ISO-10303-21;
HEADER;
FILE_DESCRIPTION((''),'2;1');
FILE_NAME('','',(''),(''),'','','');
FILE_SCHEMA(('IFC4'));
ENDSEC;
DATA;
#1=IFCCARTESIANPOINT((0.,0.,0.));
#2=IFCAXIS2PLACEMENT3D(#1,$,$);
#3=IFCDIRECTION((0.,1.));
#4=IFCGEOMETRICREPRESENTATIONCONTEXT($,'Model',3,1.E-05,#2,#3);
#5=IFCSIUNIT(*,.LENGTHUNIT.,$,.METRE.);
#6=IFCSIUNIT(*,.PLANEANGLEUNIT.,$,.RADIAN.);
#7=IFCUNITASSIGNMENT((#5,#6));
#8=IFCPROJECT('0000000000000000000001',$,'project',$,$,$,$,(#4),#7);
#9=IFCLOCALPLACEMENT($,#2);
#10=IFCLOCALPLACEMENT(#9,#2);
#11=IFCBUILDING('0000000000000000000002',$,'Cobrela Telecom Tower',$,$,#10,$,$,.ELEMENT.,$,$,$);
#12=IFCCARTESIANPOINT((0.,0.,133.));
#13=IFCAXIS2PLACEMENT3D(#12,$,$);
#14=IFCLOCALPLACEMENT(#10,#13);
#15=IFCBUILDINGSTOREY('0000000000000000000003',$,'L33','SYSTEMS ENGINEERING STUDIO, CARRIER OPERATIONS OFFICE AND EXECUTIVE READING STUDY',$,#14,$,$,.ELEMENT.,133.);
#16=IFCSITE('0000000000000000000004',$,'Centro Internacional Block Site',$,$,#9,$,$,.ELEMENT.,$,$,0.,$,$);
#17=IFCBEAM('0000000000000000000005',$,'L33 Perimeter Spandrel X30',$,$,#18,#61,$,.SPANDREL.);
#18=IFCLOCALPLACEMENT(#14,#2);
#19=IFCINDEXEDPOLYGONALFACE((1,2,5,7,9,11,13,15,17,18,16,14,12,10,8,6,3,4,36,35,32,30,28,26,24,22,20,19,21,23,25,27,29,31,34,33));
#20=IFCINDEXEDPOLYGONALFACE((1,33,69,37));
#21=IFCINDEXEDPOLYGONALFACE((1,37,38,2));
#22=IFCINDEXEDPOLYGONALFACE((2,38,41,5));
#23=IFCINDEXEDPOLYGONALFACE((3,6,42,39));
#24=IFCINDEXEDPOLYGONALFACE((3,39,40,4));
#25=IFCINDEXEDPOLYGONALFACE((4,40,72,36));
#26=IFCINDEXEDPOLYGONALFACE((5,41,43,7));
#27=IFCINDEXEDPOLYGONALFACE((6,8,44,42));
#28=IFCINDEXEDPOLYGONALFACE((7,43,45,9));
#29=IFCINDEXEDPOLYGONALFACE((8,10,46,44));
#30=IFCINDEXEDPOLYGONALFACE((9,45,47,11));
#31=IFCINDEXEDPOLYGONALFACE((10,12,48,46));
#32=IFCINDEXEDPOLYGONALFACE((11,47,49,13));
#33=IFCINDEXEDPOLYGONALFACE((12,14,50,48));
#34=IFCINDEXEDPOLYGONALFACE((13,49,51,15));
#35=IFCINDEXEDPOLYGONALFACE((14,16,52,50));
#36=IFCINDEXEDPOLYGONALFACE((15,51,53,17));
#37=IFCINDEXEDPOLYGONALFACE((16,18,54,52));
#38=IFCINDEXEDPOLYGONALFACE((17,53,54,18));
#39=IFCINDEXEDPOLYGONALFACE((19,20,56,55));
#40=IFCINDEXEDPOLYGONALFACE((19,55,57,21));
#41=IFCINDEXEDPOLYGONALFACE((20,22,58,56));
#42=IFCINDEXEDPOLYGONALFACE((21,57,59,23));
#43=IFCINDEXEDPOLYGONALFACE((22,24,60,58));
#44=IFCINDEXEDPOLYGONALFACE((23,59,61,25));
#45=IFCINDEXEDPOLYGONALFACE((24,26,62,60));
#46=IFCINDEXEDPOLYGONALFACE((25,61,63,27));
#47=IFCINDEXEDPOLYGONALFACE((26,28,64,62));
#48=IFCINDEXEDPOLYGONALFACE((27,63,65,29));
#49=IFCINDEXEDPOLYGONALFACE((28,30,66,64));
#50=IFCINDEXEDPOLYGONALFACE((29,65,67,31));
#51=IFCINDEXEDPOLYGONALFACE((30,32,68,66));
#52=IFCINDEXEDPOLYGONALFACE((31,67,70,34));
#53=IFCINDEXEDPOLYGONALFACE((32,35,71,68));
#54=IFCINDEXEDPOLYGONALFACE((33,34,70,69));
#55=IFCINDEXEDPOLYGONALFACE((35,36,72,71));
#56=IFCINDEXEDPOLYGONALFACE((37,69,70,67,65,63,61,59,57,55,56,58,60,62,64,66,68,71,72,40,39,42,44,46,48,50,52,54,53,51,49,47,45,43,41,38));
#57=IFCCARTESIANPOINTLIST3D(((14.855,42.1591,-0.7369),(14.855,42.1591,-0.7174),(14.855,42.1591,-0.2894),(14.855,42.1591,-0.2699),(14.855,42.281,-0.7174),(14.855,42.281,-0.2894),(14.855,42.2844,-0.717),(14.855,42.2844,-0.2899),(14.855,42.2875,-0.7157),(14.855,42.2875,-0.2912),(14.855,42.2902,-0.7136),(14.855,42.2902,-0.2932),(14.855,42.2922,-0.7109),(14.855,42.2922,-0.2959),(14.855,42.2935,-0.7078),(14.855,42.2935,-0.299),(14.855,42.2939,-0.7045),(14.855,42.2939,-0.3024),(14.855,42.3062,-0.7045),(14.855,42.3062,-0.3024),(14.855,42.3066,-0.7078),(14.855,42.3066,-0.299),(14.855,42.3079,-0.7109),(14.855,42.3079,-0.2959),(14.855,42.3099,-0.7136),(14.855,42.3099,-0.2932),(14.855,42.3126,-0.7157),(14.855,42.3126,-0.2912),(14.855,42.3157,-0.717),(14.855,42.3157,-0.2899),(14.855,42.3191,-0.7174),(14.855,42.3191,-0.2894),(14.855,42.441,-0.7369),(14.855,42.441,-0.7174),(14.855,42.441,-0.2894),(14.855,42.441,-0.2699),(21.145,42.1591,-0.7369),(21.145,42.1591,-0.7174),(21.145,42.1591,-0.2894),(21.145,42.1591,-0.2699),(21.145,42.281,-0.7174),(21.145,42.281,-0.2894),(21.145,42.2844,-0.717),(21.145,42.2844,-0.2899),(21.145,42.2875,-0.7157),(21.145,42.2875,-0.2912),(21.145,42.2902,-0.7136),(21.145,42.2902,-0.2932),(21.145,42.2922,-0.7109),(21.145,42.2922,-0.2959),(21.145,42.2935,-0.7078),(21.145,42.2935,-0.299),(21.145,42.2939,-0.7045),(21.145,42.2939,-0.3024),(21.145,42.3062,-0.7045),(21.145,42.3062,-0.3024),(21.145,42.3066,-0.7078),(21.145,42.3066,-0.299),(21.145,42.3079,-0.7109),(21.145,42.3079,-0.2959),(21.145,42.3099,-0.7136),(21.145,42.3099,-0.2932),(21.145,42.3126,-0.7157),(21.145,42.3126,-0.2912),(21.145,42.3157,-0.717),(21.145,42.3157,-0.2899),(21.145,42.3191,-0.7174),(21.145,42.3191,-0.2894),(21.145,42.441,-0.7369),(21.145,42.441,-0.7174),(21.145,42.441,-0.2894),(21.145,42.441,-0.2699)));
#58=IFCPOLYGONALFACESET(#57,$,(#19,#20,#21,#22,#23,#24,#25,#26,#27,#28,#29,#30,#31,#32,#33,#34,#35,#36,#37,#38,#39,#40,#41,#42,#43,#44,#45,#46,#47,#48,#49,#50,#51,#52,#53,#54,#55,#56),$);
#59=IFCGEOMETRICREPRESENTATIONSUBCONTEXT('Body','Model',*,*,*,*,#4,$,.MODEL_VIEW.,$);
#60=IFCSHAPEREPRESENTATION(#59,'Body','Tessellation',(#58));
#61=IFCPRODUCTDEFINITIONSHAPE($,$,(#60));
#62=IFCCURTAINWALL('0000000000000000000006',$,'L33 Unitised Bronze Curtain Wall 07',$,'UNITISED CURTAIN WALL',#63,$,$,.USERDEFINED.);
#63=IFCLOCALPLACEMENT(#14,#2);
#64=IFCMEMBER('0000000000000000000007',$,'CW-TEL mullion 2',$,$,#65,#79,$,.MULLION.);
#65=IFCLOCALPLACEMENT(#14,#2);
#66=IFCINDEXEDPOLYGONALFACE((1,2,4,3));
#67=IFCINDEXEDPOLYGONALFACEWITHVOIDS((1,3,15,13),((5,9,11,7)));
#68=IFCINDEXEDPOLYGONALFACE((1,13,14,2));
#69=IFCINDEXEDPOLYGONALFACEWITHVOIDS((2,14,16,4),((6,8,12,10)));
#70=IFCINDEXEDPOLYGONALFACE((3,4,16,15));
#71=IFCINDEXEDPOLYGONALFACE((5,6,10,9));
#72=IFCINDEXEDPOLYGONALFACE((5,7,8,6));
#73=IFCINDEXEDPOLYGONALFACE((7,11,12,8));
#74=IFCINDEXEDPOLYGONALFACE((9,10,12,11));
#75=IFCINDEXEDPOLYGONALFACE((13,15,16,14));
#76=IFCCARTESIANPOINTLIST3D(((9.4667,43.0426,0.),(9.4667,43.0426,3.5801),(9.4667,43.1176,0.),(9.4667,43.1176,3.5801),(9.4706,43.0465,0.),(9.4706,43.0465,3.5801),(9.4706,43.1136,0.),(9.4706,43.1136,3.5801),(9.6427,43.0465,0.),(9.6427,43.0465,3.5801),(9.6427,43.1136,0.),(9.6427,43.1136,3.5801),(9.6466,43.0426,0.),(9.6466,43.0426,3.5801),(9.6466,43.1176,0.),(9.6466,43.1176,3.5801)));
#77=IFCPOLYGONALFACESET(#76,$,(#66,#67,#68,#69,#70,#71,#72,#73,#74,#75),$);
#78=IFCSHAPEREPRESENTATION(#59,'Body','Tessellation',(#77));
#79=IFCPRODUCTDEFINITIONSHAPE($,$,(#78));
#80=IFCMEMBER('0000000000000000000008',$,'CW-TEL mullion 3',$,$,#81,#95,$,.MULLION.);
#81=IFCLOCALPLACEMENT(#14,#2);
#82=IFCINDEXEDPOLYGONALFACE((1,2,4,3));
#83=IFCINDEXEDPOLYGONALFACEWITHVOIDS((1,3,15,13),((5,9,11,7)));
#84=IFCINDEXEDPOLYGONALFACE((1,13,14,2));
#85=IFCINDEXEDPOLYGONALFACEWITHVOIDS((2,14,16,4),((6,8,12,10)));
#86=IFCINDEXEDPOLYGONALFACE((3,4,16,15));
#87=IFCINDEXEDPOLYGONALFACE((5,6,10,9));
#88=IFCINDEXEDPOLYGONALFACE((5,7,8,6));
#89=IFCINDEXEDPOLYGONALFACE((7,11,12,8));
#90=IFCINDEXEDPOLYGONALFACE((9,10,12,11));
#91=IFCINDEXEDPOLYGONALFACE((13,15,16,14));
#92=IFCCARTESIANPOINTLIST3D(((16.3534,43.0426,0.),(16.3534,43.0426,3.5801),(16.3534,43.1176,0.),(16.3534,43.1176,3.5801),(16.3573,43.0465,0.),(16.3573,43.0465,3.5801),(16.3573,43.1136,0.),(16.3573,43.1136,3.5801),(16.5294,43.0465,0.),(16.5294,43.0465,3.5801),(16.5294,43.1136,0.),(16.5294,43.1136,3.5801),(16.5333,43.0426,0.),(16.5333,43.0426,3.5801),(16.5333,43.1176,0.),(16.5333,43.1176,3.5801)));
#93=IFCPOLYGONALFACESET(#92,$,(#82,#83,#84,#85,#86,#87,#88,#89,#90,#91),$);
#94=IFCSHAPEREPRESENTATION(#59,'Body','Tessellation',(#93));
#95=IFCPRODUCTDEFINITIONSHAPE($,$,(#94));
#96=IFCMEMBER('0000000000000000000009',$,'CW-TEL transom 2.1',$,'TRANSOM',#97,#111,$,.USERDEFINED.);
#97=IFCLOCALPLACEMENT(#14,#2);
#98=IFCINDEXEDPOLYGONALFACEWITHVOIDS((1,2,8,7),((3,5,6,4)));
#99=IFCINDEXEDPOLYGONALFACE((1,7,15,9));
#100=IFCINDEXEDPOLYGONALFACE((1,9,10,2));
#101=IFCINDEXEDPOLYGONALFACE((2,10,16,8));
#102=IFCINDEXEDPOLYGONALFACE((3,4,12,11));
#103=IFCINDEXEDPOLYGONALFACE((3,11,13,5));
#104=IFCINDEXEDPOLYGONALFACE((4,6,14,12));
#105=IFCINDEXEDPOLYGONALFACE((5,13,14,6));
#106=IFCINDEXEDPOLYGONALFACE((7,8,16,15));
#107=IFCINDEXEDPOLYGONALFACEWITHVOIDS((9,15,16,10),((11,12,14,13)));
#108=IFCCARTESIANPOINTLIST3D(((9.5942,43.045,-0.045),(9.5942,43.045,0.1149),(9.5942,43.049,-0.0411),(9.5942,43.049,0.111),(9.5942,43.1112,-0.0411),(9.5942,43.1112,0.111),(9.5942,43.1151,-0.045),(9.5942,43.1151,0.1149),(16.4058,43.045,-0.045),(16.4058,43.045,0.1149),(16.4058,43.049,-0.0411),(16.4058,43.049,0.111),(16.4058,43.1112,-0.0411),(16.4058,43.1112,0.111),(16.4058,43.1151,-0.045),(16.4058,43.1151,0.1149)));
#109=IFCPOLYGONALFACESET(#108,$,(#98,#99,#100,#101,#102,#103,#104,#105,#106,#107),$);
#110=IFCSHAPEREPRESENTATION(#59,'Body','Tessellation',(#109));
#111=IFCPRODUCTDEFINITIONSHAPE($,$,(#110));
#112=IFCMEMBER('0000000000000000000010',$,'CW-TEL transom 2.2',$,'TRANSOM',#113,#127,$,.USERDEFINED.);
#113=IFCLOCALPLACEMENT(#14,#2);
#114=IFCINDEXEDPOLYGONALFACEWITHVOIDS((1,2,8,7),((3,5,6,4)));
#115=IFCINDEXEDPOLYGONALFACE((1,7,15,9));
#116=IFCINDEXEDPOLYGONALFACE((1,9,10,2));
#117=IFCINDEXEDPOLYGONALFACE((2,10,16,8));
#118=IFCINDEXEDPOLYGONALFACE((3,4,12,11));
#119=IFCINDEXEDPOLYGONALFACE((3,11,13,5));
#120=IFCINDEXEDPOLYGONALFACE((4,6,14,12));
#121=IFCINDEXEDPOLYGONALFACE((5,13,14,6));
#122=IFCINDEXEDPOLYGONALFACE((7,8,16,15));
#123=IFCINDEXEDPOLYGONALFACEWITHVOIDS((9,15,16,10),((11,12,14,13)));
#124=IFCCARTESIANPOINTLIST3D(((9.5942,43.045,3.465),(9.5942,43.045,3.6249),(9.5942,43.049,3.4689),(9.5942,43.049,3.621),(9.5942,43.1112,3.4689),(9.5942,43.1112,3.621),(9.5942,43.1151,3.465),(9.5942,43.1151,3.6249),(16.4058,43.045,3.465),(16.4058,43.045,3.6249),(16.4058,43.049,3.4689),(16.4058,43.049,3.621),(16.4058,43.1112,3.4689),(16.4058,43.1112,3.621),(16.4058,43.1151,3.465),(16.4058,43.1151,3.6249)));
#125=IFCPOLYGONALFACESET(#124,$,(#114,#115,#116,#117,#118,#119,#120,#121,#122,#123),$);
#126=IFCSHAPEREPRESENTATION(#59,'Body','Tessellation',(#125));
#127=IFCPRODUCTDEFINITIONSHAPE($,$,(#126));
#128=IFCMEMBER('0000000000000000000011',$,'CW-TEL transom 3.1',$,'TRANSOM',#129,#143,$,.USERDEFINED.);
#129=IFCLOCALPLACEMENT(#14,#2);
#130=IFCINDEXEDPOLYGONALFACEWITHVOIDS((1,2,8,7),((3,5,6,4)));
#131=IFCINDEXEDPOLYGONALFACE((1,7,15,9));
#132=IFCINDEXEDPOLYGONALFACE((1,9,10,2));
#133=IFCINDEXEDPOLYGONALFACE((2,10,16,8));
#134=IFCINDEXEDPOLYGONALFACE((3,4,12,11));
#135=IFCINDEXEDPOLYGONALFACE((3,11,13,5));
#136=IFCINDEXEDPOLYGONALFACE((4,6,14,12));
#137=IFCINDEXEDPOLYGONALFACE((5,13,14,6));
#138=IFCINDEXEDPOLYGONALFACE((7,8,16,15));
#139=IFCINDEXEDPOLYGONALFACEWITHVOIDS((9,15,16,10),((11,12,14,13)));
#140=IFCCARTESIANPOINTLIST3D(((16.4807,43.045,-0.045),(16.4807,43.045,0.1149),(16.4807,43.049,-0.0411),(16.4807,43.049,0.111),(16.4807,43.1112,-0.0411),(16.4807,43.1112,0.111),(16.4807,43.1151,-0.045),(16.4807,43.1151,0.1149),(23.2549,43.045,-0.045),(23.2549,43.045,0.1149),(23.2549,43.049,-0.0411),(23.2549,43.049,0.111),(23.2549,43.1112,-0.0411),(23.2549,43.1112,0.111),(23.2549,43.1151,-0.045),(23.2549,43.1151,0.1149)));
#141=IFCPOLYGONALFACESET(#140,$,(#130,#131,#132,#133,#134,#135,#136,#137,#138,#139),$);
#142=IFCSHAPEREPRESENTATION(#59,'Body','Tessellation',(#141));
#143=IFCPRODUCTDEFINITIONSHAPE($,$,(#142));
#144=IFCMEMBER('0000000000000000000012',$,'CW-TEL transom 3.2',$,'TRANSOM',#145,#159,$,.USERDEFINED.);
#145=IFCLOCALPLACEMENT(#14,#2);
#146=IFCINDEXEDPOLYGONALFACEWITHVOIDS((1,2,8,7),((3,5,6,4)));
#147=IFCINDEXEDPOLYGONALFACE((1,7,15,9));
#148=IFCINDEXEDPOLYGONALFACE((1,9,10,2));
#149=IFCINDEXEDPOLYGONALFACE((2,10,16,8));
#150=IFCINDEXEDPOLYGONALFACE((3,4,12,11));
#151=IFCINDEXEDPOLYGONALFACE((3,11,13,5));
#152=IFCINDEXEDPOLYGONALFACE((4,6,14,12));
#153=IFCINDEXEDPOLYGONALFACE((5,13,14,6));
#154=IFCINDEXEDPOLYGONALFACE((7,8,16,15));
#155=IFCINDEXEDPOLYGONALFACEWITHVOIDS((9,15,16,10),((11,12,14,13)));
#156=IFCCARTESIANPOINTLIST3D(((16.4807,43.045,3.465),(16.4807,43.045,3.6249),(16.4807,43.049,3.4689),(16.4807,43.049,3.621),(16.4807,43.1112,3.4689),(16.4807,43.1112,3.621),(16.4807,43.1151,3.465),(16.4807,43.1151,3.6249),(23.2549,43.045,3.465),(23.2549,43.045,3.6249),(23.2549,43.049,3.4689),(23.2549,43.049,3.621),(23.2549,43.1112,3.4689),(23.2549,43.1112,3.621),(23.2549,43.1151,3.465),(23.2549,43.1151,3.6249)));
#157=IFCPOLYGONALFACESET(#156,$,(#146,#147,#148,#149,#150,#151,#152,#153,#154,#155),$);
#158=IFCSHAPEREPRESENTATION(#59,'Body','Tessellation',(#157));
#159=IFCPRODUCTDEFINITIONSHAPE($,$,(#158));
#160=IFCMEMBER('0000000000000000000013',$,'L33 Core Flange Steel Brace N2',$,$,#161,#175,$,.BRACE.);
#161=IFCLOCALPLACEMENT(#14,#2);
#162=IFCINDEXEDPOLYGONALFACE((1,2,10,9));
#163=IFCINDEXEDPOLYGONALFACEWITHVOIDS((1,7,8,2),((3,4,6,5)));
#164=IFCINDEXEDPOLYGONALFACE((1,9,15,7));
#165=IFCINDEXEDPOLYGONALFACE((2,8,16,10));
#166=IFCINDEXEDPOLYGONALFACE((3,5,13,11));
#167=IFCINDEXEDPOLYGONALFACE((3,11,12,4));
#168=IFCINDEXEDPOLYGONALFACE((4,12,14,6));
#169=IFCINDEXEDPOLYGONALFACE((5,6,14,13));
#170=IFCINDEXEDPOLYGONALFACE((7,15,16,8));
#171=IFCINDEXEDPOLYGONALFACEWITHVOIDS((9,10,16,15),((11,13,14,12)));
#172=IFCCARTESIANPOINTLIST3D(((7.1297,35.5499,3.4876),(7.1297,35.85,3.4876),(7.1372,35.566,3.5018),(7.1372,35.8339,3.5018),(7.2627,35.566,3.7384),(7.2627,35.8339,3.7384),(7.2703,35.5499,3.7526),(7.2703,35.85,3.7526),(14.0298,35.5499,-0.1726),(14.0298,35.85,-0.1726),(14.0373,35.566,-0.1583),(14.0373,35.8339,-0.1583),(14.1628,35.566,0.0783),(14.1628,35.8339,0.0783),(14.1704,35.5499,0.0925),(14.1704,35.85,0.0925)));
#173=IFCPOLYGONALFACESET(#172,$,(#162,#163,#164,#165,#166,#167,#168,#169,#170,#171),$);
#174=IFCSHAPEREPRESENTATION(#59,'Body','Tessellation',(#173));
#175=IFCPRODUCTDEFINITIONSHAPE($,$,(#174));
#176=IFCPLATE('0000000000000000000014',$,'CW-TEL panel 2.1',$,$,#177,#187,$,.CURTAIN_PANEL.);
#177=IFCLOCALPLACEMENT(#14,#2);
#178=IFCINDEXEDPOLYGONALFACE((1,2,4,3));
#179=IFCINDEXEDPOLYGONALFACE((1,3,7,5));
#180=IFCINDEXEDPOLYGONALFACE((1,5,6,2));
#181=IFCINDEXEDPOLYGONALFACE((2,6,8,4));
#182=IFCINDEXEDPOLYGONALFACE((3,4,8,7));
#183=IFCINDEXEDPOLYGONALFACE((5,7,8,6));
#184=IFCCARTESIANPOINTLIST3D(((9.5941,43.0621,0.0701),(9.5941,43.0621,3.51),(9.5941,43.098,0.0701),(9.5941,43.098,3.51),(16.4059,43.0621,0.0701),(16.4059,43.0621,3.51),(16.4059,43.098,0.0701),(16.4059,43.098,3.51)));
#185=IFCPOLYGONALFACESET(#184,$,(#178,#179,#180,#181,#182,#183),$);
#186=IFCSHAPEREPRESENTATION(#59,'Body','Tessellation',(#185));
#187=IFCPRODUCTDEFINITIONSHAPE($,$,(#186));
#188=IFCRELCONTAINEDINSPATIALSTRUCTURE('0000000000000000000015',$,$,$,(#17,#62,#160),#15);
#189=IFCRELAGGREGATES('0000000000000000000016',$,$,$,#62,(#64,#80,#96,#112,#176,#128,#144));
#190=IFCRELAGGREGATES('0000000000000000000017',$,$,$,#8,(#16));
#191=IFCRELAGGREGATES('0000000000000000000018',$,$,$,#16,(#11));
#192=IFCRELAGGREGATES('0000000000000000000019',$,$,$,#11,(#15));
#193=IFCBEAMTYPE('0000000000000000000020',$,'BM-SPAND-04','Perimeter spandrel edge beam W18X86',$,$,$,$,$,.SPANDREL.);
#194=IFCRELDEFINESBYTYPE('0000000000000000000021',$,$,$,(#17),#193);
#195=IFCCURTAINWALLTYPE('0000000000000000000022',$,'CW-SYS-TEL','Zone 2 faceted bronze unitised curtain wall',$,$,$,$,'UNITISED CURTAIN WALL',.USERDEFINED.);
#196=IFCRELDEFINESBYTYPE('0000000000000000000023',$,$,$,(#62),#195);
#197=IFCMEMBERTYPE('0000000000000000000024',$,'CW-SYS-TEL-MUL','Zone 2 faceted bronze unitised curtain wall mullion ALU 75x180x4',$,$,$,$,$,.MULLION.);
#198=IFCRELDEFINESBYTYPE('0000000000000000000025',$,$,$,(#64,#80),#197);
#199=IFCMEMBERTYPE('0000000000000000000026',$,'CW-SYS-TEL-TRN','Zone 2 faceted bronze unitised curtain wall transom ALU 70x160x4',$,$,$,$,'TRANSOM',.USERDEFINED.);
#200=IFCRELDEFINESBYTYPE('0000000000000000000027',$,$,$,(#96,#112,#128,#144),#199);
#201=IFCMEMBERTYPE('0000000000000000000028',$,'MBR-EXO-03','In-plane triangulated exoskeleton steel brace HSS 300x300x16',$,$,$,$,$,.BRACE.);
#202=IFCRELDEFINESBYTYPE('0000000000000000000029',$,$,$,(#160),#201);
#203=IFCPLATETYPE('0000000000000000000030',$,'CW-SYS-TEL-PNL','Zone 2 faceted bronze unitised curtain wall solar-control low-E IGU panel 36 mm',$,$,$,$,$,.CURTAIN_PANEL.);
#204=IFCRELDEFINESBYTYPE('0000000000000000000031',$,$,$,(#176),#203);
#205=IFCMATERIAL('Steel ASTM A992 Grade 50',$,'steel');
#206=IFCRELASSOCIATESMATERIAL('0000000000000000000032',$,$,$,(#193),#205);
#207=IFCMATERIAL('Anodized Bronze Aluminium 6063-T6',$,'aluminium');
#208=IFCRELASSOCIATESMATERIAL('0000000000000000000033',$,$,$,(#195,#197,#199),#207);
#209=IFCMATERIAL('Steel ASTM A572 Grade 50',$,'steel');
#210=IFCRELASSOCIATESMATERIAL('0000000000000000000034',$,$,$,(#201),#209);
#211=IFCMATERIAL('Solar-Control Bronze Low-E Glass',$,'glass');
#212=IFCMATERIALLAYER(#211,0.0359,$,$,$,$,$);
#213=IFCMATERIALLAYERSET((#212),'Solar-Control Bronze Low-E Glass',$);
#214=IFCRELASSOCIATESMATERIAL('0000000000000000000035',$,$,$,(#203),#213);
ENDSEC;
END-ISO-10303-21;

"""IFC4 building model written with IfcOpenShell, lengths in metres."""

from ifc_helpers import new_model, si_unit, direction, frame, origin, origin_2d, place, context, subcontext, project, spatial, rectangle, hollow_rectangle, i_section, extrude, material, layer, layer_set, material_profile, profile_set, type_object, element, aggregate, save


model = new_model("IFC4")

# Units and contexts
model_context = context("Model", 3, precision=1e-05, world=origin(), true_north=direction((0.0, 1.0)))
body_context = subcontext(model_context, "Body", "Model", "MODEL_VIEW")
ifc_project = project(units=[si_unit("LENGTHUNIT", "METRE"), si_unit("PLANEANGLEUNIT", "RADIAN")], contexts=[model_context])

# Site, building, storey
site_placement = place(None, origin())
site = spatial("IfcSite", under=ifc_project, at=site_placement, Name="Centro Internacional Block Site", CompositionType="ELEMENT", RefElevation=0.0)
building_placement = place(site_placement, origin())
building = spatial("IfcBuilding", under=site, at=building_placement, Name="Cobrela Telecom Tower", CompositionType="ELEMENT")
storey_placement = place(building_placement, frame((0.0, 0.0, 133.0)))
storey = spatial("IfcBuildingStorey", under=building, at=storey_placement, Name="L33", Description="SYSTEMS ENGINEERING STUDIO, CARRIER OPERATIONS OFFICE AND EXECUTIVE READING STUDY", CompositionType="ELEMENT", Elevation=133.0)

# Shared definitions
ifc_material_1 = material(Name="Steel ASTM A572 Grade 50", Category="steel")

# Beam
ifc_material_2 = material(Name="Steel ASTM A992 Grade 50", Category="steel")
ifc_material_profile_1 = material_profile(ifc_material_2, i_section(OverallWidth=0.282, OverallDepth=0.467, WebThickness=0.0122, FlangeThickness=0.0195, FilletRadius=0.0129, at=origin_2d()), Name="W18X86")
ifc_profile_set_1 = profile_set([ifc_material_profile_1], Name="Steel ASTM A992 Grade 50")
beam_type_1 = type_object("IfcBeamType", Name="BM-SPAND-04", Description="Perimeter spandrel edge beam W18X86", PredefinedType="SPANDREL", material=ifc_profile_set_1)
for number, where, z_axis, x_axis, name in (
    (1, (14.855, 42.3, -0.5034), (1.0, 0.0, 0.0), (0.0, 1.0, 0.0), "L33 Perimeter Spandrel X30"),
):
    element("IfcBeam", number, at=place(storey_placement, frame(where, z_axis=z_axis, x_axis=x_axis)), inside=storey, type_object=beam_type_1, Name=name, PredefinedType="SPANDREL", context=body_context, shape_type="SweptSolid", body=[
        extrude(i_section(OverallWidth=0.282, OverallDepth=0.467, WebThickness=0.0122, FlangeThickness=0.0195, FilletRadius=0.0129, at=origin_2d()), origin(), (0.0, 0.0, 1.0), 6.29),
    ])

# Curtain wall, members
ifc_material_3 = material(Name="Anodized Bronze Aluminium 6063-T6", Category="aluminium")
curtain_wall_type = type_object("IfcCurtainWallType", Name="CW-SYS-TEL", Description="Zone 2 faceted bronze unitised curtain wall", ElementType="UNITISED CURTAIN WALL", PredefinedType="USERDEFINED", material=ifc_material_3)
curtain_wall_placement = place(storey_placement, origin())
curtain_wall = element("IfcCurtainWall", 2, at=curtain_wall_placement, inside=storey, type_object=curtain_wall_type, Name="L33 Unitised Bronze Curtain Wall 07", ObjectType="UNITISED CURTAIN WALL", PredefinedType="USERDEFINED")
ifc_material_profile_2 = material_profile(ifc_material_3, hollow_rectangle(XDim=0.075, YDim=0.1799, WallThickness=0.0039, at=origin_2d()), Name="ALU 75x180x4")
ifc_profile_set_2 = profile_set([ifc_material_profile_2], Name="Anodized Bronze Aluminium 6063-T6")
member_type_1 = type_object("IfcMemberType", Name="CW-SYS-TEL-MUL", Description="Zone 2 faceted bronze unitised curtain wall mullion ALU 75x180x4", PredefinedType="MULLION", material=ifc_profile_set_2)
member_1_placement = place(storey_placement, frame((9.5566, 43.0801, 0.0), z_axis=(0.0, 0.0, 1.0), x_axis=(0.0, 1.0, 0.0)))
member_1 = element("IfcMember", 3, at=member_1_placement, type_object=member_type_1, Name="CW-TEL mullion 2", PredefinedType="MULLION", context=body_context, shape_type="SweptSolid", body=[
    extrude(hollow_rectangle(XDim=0.075, YDim=0.1799, WallThickness=0.0039, at=origin_2d()), origin(), (0.0, 0.0, 1.0), 3.5801),
])
member_2_placement = place(storey_placement, frame((16.4434, 43.0801, 0.0), z_axis=(0.0, 0.0, 1.0), x_axis=(0.0, 1.0, 0.0)))
member_2 = element("IfcMember", 4, at=member_2_placement, type_object=member_type_1, Name="CW-TEL mullion 3", PredefinedType="MULLION", context=body_context, shape_type="SweptSolid", body=[
    extrude(hollow_rectangle(XDim=0.075, YDim=0.1799, WallThickness=0.0039, at=origin_2d()), origin(), (0.0, 0.0, 1.0), 3.5801),
])
ifc_material_profile_3 = material_profile(ifc_material_3, hollow_rectangle(XDim=0.0701, YDim=0.1599, WallThickness=0.0039, at=origin_2d()), Name="ALU 70x160x4")
ifc_profile_set_3 = profile_set([ifc_material_profile_3], Name="Anodized Bronze Aluminium 6063-T6")
member_type_2 = type_object("IfcMemberType", Name="CW-SYS-TEL-TRN", Description="Zone 2 faceted bronze unitised curtain wall transom ALU 70x160x4", ElementType="TRANSOM", PredefinedType="USERDEFINED", material=ifc_profile_set_3)
member_3_placement = place(storey_placement, frame((9.5942, 43.0801, 0.0349), z_axis=(1.0, 0.0, 0.0), x_axis=(0.0, 1.0, 0.0)))
member_3 = element("IfcMember", 5, at=member_3_placement, type_object=member_type_2, Name="CW-TEL transom 2.1", ObjectType="TRANSOM", PredefinedType="USERDEFINED", context=body_context, shape_type="SweptSolid", body=[
    extrude(hollow_rectangle(XDim=0.0701, YDim=0.1599, WallThickness=0.0039, at=origin_2d()), origin(), (0.0, 0.0, 1.0), 6.8115),
])
member_4_placement = place(storey_placement, frame((9.5942, 43.0801, 3.5449), z_axis=(1.0, 0.0, 0.0), x_axis=(0.0, 1.0, 0.0)))
member_4 = element("IfcMember", 6, at=member_4_placement, type_object=member_type_2, Name="CW-TEL transom 2.2", ObjectType="TRANSOM", PredefinedType="USERDEFINED", context=body_context, shape_type="SweptSolid", body=[
    extrude(hollow_rectangle(XDim=0.0701, YDim=0.1599, WallThickness=0.0039, at=origin_2d()), origin(), (0.0, 0.0, 1.0), 6.8115),
])
member_5_placement = place(storey_placement, frame((16.4807, 43.0801, 0.0349), z_axis=(1.0, 0.0, 0.0), x_axis=(0.0, 1.0, 0.0)))
member_5 = element("IfcMember", 7, at=member_5_placement, type_object=member_type_2, Name="CW-TEL transom 3.1", ObjectType="TRANSOM", PredefinedType="USERDEFINED", context=body_context, shape_type="SweptSolid", body=[
    extrude(hollow_rectangle(XDim=0.0701, YDim=0.1599, WallThickness=0.0039, at=origin_2d()), origin(), (0.0, 0.0, 1.0), 6.7742),
])
member_6_placement = place(storey_placement, frame((16.4807, 43.0801, 3.5449), z_axis=(1.0, 0.0, 0.0), x_axis=(0.0, 1.0, 0.0)))
member_6 = element("IfcMember", 8, at=member_6_placement, type_object=member_type_2, Name="CW-TEL transom 3.2", ObjectType="TRANSOM", PredefinedType="USERDEFINED", context=body_context, shape_type="SweptSolid", body=[
    extrude(hollow_rectangle(XDim=0.0701, YDim=0.1599, WallThickness=0.0039, at=origin_2d()), origin(), (0.0, 0.0, 1.0), 6.7742),
])

# Member
ifc_material_profile_4 = material_profile(ifc_material_1, hollow_rectangle(XDim=0.3, YDim=0.3, WallThickness=0.0161, at=origin_2d()), Name="HSS 300x300x16")
ifc_profile_set_4 = profile_set([ifc_material_profile_4], Name="Steel ASTM A572 Grade 50")
member_type_3 = type_object("IfcMemberType", Name="MBR-EXO-03", Description="In-plane triangulated exoskeleton steel brace HSS 300x300x16", PredefinedType="BRACE", material=ifc_profile_set_4)
member_7_placement = place(storey_placement, frame((14.1001, 35.7, -0.04), z_axis=(-0.88341, 0.0, 0.468601), x_axis=(0.0, -1.0, 0.0)))
element("IfcMember", 9, at=member_7_placement, inside=storey, type_object=member_type_3, Name="L33 Core Flange Steel Brace N2", PredefinedType="BRACE", context=body_context, shape_type="SweptSolid", body=[
    extrude(hollow_rectangle(XDim=0.3, YDim=0.3, WallThickness=0.0161, at=origin_2d()), origin(), (0.0, 0.0, 1.0), 7.8108),
])

# Plate
ifc_material_4 = material(Name="Solar-Control Bronze Low-E Glass", Category="glass")
ifc_layer_1 = layer(ifc_material_4, 0.0359)
ifc_layer_set_1 = layer_set([ifc_layer_1], Name="Solar-Control Bronze Low-E Glass")
plate_type = type_object("IfcPlateType", Name="CW-SYS-TEL-PNL", Description="Zone 2 faceted bronze unitised curtain wall solar-control low-E IGU panel 36 mm", PredefinedType="CURTAIN_PANEL", material=ifc_layer_set_1)
plate_placement = place(storey_placement, frame((13.0, 43.0801, 0.0701), z_axis=(0.0, 0.0, 1.0), x_axis=(1.0, 0.0, 0.0)))
plate = element("IfcPlate", 10, at=plate_placement, type_object=plate_type, Name="CW-TEL panel 2.1", PredefinedType="CURTAIN_PANEL", context=body_context, shape_type="SweptSolid", body=[
    extrude(rectangle(XDim=6.8118, YDim=0.0359, at=origin_2d()), origin(), (0.0, 0.0, 1.0), 3.4399),
])
aggregate(curtain_wall, [member_1, member_2, member_3, member_4, plate, member_5, member_6])

save(model, "model.ifc")
